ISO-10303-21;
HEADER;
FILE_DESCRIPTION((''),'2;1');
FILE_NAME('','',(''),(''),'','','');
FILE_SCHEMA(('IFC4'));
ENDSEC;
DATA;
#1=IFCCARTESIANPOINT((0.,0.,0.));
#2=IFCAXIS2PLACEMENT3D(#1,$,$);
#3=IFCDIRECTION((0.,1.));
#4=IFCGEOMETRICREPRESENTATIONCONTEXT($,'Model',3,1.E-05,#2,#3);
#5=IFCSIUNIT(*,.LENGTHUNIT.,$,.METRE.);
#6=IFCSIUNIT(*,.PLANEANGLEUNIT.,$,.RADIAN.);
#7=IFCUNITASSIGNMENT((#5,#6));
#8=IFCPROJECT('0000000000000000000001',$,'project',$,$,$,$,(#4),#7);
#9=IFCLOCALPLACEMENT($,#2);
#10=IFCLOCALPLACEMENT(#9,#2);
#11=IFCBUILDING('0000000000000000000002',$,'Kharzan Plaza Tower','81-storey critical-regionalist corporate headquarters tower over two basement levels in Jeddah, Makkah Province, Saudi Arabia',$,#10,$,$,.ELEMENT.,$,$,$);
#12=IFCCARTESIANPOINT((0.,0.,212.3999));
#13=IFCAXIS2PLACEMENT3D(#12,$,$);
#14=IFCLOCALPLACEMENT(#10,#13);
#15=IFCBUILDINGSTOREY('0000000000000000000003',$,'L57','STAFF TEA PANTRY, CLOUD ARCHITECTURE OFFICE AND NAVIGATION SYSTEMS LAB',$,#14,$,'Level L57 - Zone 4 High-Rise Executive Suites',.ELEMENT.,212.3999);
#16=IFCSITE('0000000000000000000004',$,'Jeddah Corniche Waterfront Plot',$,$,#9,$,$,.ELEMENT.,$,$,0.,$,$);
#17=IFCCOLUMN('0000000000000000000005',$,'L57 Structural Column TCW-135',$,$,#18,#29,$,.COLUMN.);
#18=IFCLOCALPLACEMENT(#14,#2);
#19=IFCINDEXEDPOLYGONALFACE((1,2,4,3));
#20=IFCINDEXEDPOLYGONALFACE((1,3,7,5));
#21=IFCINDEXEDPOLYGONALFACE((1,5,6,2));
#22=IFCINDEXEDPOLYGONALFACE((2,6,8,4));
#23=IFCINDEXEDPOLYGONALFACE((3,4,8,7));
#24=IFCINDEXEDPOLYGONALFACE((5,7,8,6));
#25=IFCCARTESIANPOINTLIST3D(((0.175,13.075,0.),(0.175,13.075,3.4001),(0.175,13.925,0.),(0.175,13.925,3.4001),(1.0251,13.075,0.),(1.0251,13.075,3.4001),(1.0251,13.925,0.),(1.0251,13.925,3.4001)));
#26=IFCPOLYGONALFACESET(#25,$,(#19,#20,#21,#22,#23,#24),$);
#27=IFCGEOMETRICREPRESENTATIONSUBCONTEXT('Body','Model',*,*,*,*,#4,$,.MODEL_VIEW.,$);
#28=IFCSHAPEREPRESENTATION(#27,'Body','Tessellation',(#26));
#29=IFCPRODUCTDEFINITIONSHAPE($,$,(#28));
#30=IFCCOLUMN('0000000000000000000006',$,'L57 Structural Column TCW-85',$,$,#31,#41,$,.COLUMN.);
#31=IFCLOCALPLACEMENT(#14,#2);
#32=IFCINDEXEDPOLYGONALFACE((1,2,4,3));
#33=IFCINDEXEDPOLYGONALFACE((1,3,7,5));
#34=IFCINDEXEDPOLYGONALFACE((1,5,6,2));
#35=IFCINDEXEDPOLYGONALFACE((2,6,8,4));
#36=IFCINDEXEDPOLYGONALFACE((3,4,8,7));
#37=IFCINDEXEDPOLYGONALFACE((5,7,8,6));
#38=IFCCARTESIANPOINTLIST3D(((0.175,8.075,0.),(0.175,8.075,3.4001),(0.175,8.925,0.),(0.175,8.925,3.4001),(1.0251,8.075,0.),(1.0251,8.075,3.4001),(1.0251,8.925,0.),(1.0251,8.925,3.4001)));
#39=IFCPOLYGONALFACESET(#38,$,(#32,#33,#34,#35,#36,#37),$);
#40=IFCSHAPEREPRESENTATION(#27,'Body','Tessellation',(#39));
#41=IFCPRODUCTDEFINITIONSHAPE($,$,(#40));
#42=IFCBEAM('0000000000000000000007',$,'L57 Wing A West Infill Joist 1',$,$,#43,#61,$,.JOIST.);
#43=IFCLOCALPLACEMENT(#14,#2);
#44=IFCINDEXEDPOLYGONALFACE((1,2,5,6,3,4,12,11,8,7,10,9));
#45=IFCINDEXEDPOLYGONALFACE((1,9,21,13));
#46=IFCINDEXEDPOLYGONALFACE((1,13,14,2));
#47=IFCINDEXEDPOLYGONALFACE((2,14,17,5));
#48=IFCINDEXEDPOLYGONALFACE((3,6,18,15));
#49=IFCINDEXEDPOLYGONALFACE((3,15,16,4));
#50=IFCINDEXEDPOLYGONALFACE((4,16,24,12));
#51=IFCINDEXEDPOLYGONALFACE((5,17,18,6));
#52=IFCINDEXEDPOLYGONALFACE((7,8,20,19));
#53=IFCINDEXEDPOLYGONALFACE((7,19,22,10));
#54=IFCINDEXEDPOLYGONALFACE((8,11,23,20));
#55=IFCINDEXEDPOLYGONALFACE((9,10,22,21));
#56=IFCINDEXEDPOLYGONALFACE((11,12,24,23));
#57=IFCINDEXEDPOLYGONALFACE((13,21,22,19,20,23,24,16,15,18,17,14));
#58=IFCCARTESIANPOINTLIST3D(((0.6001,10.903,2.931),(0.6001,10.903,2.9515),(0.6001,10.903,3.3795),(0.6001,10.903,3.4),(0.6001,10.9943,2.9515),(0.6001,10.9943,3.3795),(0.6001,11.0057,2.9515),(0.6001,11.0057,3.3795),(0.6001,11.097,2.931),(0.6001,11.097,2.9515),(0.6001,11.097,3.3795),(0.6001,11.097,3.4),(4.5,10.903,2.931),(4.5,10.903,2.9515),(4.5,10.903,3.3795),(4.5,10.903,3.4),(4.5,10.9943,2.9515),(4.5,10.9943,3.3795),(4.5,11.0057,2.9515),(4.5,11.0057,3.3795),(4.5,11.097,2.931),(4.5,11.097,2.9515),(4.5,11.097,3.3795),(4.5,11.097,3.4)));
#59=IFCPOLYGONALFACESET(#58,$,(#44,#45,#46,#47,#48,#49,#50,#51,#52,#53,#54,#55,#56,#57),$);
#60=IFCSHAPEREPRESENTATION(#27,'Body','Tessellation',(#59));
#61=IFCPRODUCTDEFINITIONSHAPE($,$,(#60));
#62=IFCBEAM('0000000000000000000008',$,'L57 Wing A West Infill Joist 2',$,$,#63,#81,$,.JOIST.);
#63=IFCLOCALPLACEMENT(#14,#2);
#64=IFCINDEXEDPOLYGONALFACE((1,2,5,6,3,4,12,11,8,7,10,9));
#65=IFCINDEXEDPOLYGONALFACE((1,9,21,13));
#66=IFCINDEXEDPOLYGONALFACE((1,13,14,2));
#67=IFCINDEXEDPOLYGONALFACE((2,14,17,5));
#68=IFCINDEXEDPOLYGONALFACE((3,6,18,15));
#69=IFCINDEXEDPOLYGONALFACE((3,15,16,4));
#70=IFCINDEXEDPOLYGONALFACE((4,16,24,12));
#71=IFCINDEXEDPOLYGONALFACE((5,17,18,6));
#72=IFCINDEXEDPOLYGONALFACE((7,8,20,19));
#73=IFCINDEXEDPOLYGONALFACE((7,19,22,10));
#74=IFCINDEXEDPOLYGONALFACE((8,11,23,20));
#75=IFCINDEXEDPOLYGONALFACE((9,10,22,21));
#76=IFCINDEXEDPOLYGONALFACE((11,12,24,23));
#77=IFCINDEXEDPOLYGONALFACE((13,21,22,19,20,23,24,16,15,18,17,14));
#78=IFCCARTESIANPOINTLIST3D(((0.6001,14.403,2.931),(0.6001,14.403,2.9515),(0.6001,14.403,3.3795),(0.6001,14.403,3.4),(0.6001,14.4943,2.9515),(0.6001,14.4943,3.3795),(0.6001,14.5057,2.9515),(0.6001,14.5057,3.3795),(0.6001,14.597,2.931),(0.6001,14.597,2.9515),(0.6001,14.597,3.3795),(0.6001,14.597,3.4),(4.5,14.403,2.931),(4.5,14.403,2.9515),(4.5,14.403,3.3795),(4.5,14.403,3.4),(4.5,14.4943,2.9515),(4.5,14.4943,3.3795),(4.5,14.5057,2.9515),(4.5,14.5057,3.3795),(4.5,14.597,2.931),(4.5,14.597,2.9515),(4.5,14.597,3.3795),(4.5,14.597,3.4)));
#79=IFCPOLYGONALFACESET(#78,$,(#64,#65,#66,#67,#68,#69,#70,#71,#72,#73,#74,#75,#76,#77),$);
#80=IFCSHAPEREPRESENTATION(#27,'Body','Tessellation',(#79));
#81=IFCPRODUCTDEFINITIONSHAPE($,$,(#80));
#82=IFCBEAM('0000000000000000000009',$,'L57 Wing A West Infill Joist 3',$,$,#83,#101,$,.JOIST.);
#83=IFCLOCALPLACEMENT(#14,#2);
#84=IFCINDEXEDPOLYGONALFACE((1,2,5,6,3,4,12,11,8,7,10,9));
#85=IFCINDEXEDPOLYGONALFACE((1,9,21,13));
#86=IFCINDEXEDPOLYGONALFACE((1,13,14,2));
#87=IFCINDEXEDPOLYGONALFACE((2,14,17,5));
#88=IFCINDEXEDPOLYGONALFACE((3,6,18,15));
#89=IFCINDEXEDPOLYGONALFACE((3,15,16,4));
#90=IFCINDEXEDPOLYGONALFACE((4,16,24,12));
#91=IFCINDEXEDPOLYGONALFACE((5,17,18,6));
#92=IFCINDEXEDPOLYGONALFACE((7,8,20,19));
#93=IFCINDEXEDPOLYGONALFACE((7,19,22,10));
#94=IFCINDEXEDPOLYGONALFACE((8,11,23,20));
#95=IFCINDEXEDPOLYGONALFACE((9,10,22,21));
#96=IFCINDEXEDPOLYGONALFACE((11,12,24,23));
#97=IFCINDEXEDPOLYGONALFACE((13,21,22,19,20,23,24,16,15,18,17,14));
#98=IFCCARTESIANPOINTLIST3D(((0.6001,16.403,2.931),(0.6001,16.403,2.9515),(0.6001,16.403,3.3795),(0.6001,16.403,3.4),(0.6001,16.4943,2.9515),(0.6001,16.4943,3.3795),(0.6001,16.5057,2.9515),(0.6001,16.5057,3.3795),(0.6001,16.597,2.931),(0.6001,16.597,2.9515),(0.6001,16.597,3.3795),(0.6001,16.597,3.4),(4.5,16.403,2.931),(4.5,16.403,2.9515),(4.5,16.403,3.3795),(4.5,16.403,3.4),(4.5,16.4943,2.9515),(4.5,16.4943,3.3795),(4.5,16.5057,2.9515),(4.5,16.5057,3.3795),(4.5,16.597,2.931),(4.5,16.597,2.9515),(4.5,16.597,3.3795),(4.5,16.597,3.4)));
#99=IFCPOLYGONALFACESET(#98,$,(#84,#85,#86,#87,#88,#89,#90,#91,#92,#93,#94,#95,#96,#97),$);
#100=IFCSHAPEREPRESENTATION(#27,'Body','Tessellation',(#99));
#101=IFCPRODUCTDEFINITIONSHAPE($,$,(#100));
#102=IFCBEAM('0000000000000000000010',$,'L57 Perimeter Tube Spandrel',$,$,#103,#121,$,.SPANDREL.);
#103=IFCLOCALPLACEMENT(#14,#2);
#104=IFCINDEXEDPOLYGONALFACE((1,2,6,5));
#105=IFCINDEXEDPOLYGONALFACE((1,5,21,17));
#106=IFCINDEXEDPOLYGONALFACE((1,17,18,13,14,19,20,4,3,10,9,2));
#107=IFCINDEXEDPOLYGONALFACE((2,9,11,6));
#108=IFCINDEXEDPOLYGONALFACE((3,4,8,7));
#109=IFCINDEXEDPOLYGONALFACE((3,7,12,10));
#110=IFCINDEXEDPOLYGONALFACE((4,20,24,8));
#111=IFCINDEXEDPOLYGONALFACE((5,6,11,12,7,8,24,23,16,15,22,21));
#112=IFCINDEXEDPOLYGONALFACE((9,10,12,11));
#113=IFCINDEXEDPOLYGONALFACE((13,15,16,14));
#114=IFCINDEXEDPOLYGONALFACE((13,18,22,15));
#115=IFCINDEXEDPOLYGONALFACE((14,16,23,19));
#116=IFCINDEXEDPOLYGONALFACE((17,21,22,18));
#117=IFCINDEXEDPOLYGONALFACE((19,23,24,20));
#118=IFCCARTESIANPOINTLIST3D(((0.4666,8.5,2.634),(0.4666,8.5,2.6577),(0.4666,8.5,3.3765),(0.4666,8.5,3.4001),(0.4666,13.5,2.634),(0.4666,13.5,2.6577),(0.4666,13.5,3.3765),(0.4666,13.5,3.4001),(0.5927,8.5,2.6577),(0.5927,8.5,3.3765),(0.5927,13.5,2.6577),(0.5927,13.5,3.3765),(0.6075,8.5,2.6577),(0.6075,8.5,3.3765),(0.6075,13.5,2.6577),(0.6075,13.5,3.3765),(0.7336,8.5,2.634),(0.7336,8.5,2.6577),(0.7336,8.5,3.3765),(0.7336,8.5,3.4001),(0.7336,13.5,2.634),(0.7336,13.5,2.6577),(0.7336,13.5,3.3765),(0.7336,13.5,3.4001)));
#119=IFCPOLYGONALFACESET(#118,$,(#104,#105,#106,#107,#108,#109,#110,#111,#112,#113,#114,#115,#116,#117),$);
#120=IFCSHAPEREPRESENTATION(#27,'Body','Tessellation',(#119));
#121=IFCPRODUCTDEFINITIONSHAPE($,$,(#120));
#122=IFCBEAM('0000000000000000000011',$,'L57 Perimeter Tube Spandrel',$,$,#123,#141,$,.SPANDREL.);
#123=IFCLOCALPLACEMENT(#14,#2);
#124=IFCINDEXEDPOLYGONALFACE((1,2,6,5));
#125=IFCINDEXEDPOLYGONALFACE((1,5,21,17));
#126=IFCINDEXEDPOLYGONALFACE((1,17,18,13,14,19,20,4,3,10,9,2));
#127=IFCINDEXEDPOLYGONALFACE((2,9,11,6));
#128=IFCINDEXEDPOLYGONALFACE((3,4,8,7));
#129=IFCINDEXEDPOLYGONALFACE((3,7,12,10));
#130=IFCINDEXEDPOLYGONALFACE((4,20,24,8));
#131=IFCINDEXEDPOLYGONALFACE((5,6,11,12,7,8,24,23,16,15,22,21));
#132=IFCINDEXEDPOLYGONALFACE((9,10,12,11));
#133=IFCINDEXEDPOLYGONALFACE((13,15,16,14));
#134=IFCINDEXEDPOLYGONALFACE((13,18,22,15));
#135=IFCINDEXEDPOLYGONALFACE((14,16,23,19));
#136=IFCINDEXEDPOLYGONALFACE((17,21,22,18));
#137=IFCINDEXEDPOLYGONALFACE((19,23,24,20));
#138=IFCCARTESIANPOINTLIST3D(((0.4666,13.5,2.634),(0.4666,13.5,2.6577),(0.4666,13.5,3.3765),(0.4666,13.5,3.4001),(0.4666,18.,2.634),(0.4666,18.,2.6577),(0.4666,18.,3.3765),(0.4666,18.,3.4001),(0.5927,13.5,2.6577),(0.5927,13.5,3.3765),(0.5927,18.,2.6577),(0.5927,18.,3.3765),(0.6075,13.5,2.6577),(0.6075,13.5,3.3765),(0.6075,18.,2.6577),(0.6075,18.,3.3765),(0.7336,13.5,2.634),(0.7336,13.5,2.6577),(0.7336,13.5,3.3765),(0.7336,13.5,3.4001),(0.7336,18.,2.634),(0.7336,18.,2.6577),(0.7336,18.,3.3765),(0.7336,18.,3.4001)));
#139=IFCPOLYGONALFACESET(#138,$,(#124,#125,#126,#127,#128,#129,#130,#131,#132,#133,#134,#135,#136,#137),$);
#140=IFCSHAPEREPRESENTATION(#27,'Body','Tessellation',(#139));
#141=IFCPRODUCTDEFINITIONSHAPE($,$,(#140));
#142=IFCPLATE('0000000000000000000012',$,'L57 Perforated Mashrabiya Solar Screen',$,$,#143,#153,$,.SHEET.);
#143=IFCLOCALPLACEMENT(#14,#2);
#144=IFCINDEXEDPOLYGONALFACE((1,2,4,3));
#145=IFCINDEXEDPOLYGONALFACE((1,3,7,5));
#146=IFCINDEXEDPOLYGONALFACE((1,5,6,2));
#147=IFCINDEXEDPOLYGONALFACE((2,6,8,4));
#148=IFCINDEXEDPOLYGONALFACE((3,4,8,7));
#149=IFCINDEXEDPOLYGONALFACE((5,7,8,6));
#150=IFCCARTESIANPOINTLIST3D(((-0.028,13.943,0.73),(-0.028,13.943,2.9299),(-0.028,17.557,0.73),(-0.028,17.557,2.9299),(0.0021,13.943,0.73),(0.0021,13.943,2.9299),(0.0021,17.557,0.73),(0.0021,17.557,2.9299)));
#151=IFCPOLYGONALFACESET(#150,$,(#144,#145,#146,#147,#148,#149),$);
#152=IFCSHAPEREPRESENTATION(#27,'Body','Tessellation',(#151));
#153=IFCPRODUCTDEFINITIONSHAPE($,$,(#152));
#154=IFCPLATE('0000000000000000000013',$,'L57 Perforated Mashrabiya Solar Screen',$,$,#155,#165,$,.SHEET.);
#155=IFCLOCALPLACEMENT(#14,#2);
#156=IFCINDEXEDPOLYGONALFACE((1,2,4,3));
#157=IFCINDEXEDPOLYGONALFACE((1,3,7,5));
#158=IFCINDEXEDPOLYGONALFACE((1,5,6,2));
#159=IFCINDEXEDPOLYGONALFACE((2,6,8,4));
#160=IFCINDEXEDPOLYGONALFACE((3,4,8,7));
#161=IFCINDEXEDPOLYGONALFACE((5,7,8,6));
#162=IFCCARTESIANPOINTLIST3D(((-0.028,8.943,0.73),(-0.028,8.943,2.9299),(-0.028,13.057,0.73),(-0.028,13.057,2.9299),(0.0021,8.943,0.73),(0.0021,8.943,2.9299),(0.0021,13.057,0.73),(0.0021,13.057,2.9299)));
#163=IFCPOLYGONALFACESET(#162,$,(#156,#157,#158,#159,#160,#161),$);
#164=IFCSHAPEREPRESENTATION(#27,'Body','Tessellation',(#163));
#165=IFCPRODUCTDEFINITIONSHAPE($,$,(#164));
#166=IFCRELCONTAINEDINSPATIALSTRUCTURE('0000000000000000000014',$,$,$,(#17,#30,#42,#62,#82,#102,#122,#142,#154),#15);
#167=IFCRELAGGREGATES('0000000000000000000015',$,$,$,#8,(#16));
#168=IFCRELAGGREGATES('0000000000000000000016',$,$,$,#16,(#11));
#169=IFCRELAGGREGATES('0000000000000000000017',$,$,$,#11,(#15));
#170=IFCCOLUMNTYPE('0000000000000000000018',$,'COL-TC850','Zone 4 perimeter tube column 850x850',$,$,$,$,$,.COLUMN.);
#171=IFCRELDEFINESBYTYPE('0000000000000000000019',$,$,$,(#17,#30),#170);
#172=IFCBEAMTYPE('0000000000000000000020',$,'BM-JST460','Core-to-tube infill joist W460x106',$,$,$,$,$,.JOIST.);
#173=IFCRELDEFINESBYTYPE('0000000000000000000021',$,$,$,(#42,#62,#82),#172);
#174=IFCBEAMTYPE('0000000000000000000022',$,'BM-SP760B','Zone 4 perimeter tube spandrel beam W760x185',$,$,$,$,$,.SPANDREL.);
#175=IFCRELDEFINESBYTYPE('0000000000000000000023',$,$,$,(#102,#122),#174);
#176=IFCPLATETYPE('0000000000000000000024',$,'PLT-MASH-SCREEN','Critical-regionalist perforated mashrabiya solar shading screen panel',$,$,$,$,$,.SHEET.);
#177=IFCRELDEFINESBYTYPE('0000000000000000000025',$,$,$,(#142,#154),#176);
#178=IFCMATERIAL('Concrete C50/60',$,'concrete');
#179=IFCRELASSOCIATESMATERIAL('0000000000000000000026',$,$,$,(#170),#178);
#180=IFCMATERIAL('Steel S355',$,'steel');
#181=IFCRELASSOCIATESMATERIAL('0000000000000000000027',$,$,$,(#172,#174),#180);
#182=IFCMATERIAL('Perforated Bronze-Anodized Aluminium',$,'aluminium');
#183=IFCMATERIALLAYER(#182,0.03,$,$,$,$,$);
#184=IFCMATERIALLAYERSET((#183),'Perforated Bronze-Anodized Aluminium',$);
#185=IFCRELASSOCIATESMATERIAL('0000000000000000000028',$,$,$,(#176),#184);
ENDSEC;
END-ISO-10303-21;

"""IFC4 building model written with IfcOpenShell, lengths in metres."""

from ifc_helpers import new_model, si_unit, direction, frame, origin, origin_2d, place, context, subcontext, project, spatial, rectangle, i_section, extrude, source, transform, mapped, material, layer, layer_set, material_profile, profile_set, type_object, element, save


model = new_model("IFC4")

# Units and contexts
model_context = context("Model", 3, precision=1e-05, world=origin(), true_north=direction((0.0, 1.0)))
body_context = subcontext(model_context, "Body", "Model", "MODEL_VIEW")
ifc_project = project(units=[si_unit("LENGTHUNIT", "METRE"), si_unit("PLANEANGLEUNIT", "RADIAN")], contexts=[model_context])

# Site, building, storey
site_placement = place(None, origin())
site = spatial("IfcSite", under=ifc_project, at=site_placement, Name="Jeddah Corniche Waterfront Plot", CompositionType="ELEMENT", RefElevation=0.0)
building_placement = place(site_placement, origin())
building = spatial("IfcBuilding", under=site, at=building_placement, Name="Kharzan Plaza Tower", Description="81-storey critical-regionalist corporate headquarters tower over two basement levels in Jeddah, Makkah Province, Saudi Arabia", CompositionType="ELEMENT")
storey_placement = place(building_placement, frame((0.0, 0.0, 212.3999)))
storey = spatial("IfcBuildingStorey", under=building, at=storey_placement, Name="L57", Description="STAFF TEA PANTRY, CLOUD ARCHITECTURE OFFICE AND NAVIGATION SYSTEMS LAB", LongName="Level L57 - Zone 4 High-Rise Executive Suites", CompositionType="ELEMENT", Elevation=212.3999)

# Columns
ifc_material_1 = material(Name="Concrete C50/60", Category="concrete")
ifc_material_profile_1 = material_profile(ifc_material_1, rectangle(XDim=0.8501, YDim=0.8501, at=origin_2d()), Name="RC-TC850x850")
ifc_profile_set_1 = profile_set([ifc_material_profile_1], Name="Concrete C50/60")
column_type = type_object("IfcColumnType", Name="COL-TC850", Description="Zone 4 perimeter tube column 850x850", PredefinedType="COLUMN", material=ifc_profile_set_1)
shared_shape_1 = source(origin(), body_context, "Body", "SweptSolid", [
    extrude(rectangle(XDim=0.8501, YDim=0.8501, at=origin_2d()), origin(), (0.0, 0.0, 1.0), 3.4001),
])
for number, where, z_axis, x_axis, name in (
    (1, (0.6001, 13.5, 0.0), (0.0, 0.0, 1.0), (1.0, 0.0, 0.0), "L57 Structural Column TCW-135"),
    (2, (0.6001, 8.5, 0.0), (0.0, 0.0, 1.0), (1.0, 0.0, 0.0), "L57 Structural Column TCW-85"),
):
    element("IfcColumn", number, at=place(storey_placement, frame(where, z_axis=z_axis, x_axis=x_axis)), inside=storey, type_object=column_type, Name=name, PredefinedType="COLUMN", context=body_context, shape_type="MappedRepresentation", body=[
        mapped(shared_shape_1, transform((0.0, 0.0, 0.0), x_axis=(1.0, 0.0, 0.0), y_axis=(0.0, 1.0, 0.0), z_axis=(0.0, 0.0, 1.0))),
    ])

# Beams
ifc_material_2 = material(Name="Steel S355", Category="steel")
ifc_material_profile_2 = material_profile(ifc_material_2, i_section(OverallWidth=0.1941, OverallDepth=0.469, WebThickness=0.0115, FlangeThickness=0.0205, at=origin_2d()), Name="W460x106")
ifc_profile_set_2 = profile_set([ifc_material_profile_2], Name="Steel S355")
beam_type_1 = type_object("IfcBeamType", Name="BM-JST460", Description="Core-to-tube infill joist W460x106", PredefinedType="JOIST", material=ifc_profile_set_2)
shared_shape_2 = source(origin(), body_context, "Body", "SweptSolid", [
    extrude(i_section(OverallWidth=0.1941, OverallDepth=0.469, WebThickness=0.0115, FlangeThickness=0.0205, at=origin_2d()), origin(), (0.0, 0.0, 1.0), 3.8999),
])
for number, where, z_axis, x_axis, name in (
    (3, (0.6001, 11.0, 3.1655), (1.0, 0.0, 0.0), (0.0, 1.0, 0.0), "L57 Wing A West Infill Joist 1"),
    (4, (0.6001, 14.5, 3.1655), (1.0, 0.0, 0.0), (0.0, 1.0, 0.0), "L57 Wing A West Infill Joist 2"),
    (5, (0.6001, 16.5, 3.1655), (1.0, 0.0, 0.0), (0.0, 1.0, 0.0), "L57 Wing A West Infill Joist 3"),
):
    element("IfcBeam", number, at=place(storey_placement, frame(where, z_axis=z_axis, x_axis=x_axis)), inside=storey, type_object=beam_type_1, Name=name, PredefinedType="JOIST", context=body_context, shape_type="MappedRepresentation", body=[
        mapped(shared_shape_2, transform((0.0, 0.0, 0.0), x_axis=(1.0, 0.0, 0.0), y_axis=(0.0, 1.0, 0.0), z_axis=(0.0, 0.0, 1.0))),
    ])
ifc_material_profile_3 = material_profile(ifc_material_2, i_section(OverallWidth=0.2671, OverallDepth=0.7661, WebThickness=0.0149, FlangeThickness=0.0237, at=origin_2d()), Name="W760x185")
ifc_profile_set_3 = profile_set([ifc_material_profile_3], Name="Steel S355")
beam_type_2 = type_object("IfcBeamType", Name="BM-SP760B", Description="Zone 4 perimeter tube spandrel beam W760x185", PredefinedType="SPANDREL", material=ifc_profile_set_3)
shared_shape_3 = source(origin(), body_context, "Body", "SweptSolid", [
    extrude(i_section(OverallWidth=0.2671, OverallDepth=0.7661, WebThickness=0.0149, FlangeThickness=0.0237, at=origin_2d()), origin(), (0.0, 0.0, 1.0), 5.0),
])
beam_1_placement = place(storey_placement, frame((0.6001, 8.5, 3.0171), z_axis=(0.0, 1.0, 0.0), x_axis=(-1.0, 0.0, 0.0)))
element("IfcBeam", 6, at=beam_1_placement, inside=storey, type_object=beam_type_2, Name="L57 Perimeter Tube Spandrel", PredefinedType="SPANDREL", context=body_context, shape_type="MappedRepresentation", body=[
    mapped(shared_shape_3, transform((0.0, 0.0, 0.0), x_axis=(1.0, 0.0, 0.0), y_axis=(0.0, 1.0, 0.0), z_axis=(0.0, 0.0, 1.0))),
])
shared_shape_4 = source(origin(), body_context, "Body", "SweptSolid", [
    extrude(i_section(OverallWidth=0.2671, OverallDepth=0.7661, WebThickness=0.0149, FlangeThickness=0.0237, at=origin_2d()), origin(), (0.0, 0.0, 1.0), 4.5),
])
beam_2_placement = place(storey_placement, frame((0.6001, 13.5, 3.0171), z_axis=(0.0, 1.0, 0.0), x_axis=(-1.0, 0.0, 0.0)))
element("IfcBeam", 7, at=beam_2_placement, inside=storey, type_object=beam_type_2, Name="L57 Perimeter Tube Spandrel", PredefinedType="SPANDREL", context=body_context, shape_type="MappedRepresentation", body=[
    mapped(shared_shape_4, transform((0.0, 0.0, 0.0), x_axis=(1.0, 0.0, 0.0), y_axis=(0.0, 1.0, 0.0), z_axis=(0.0, 0.0, 1.0))),
])

# Plates
ifc_material_3 = material(Name="Perforated Bronze-Anodized Aluminium", Category="aluminium")
ifc_layer_1 = layer(ifc_material_3, 0.03)
ifc_layer_set_1 = layer_set([ifc_layer_1], Name="Perforated Bronze-Anodized Aluminium")
plate_type = type_object("IfcPlateType", Name="PLT-MASH-SCREEN", Description="Critical-regionalist perforated mashrabiya solar shading screen panel", PredefinedType="SHEET", material=ifc_layer_set_1)
shared_shape_5 = source(origin(), body_context, "Body", "SweptSolid", [
    extrude(rectangle(XDim=3.614, YDim=0.03, at=origin_2d()), origin(), (0.0, 0.0, 1.0), 2.2),
])
plate_1_placement = place(storey_placement, frame((-0.0129, 15.75, 0.73), z_axis=(0.0, 0.0, 1.0), x_axis=(0.0, -1.0, 0.0)))
element("IfcPlate", 8, at=plate_1_placement, inside=storey, type_object=plate_type, Name="L57 Perforated Mashrabiya Solar Screen", PredefinedType="SHEET", context=body_context, shape_type="MappedRepresentation", body=[
    mapped(shared_shape_5, transform((0.0, 0.0, 0.0), x_axis=(1.0, 0.0, 0.0), y_axis=(0.0, 1.0, 0.0), z_axis=(0.0, 0.0, 1.0))),
])
shared_shape_6 = source(origin(), body_context, "Body", "SweptSolid", [
    extrude(rectangle(XDim=4.114, YDim=0.03, at=origin_2d()), origin(), (0.0, 0.0, 1.0), 2.2),
])
plate_2_placement = place(storey_placement, frame((-0.0129, 11.0, 0.73), z_axis=(0.0, 0.0, 1.0), x_axis=(0.0, -1.0, 0.0)))
element("IfcPlate", 9, at=plate_2_placement, inside=storey, type_object=plate_type, Name="L57 Perforated Mashrabiya Solar Screen", PredefinedType="SHEET", context=body_context, shape_type="MappedRepresentation", body=[
    mapped(shared_shape_6, transform((0.0, 0.0, 0.0), x_axis=(1.0, 0.0, 0.0), y_axis=(0.0, 1.0, 0.0), z_axis=(0.0, 0.0, 1.0))),
])

save(model, "model.ifc")
